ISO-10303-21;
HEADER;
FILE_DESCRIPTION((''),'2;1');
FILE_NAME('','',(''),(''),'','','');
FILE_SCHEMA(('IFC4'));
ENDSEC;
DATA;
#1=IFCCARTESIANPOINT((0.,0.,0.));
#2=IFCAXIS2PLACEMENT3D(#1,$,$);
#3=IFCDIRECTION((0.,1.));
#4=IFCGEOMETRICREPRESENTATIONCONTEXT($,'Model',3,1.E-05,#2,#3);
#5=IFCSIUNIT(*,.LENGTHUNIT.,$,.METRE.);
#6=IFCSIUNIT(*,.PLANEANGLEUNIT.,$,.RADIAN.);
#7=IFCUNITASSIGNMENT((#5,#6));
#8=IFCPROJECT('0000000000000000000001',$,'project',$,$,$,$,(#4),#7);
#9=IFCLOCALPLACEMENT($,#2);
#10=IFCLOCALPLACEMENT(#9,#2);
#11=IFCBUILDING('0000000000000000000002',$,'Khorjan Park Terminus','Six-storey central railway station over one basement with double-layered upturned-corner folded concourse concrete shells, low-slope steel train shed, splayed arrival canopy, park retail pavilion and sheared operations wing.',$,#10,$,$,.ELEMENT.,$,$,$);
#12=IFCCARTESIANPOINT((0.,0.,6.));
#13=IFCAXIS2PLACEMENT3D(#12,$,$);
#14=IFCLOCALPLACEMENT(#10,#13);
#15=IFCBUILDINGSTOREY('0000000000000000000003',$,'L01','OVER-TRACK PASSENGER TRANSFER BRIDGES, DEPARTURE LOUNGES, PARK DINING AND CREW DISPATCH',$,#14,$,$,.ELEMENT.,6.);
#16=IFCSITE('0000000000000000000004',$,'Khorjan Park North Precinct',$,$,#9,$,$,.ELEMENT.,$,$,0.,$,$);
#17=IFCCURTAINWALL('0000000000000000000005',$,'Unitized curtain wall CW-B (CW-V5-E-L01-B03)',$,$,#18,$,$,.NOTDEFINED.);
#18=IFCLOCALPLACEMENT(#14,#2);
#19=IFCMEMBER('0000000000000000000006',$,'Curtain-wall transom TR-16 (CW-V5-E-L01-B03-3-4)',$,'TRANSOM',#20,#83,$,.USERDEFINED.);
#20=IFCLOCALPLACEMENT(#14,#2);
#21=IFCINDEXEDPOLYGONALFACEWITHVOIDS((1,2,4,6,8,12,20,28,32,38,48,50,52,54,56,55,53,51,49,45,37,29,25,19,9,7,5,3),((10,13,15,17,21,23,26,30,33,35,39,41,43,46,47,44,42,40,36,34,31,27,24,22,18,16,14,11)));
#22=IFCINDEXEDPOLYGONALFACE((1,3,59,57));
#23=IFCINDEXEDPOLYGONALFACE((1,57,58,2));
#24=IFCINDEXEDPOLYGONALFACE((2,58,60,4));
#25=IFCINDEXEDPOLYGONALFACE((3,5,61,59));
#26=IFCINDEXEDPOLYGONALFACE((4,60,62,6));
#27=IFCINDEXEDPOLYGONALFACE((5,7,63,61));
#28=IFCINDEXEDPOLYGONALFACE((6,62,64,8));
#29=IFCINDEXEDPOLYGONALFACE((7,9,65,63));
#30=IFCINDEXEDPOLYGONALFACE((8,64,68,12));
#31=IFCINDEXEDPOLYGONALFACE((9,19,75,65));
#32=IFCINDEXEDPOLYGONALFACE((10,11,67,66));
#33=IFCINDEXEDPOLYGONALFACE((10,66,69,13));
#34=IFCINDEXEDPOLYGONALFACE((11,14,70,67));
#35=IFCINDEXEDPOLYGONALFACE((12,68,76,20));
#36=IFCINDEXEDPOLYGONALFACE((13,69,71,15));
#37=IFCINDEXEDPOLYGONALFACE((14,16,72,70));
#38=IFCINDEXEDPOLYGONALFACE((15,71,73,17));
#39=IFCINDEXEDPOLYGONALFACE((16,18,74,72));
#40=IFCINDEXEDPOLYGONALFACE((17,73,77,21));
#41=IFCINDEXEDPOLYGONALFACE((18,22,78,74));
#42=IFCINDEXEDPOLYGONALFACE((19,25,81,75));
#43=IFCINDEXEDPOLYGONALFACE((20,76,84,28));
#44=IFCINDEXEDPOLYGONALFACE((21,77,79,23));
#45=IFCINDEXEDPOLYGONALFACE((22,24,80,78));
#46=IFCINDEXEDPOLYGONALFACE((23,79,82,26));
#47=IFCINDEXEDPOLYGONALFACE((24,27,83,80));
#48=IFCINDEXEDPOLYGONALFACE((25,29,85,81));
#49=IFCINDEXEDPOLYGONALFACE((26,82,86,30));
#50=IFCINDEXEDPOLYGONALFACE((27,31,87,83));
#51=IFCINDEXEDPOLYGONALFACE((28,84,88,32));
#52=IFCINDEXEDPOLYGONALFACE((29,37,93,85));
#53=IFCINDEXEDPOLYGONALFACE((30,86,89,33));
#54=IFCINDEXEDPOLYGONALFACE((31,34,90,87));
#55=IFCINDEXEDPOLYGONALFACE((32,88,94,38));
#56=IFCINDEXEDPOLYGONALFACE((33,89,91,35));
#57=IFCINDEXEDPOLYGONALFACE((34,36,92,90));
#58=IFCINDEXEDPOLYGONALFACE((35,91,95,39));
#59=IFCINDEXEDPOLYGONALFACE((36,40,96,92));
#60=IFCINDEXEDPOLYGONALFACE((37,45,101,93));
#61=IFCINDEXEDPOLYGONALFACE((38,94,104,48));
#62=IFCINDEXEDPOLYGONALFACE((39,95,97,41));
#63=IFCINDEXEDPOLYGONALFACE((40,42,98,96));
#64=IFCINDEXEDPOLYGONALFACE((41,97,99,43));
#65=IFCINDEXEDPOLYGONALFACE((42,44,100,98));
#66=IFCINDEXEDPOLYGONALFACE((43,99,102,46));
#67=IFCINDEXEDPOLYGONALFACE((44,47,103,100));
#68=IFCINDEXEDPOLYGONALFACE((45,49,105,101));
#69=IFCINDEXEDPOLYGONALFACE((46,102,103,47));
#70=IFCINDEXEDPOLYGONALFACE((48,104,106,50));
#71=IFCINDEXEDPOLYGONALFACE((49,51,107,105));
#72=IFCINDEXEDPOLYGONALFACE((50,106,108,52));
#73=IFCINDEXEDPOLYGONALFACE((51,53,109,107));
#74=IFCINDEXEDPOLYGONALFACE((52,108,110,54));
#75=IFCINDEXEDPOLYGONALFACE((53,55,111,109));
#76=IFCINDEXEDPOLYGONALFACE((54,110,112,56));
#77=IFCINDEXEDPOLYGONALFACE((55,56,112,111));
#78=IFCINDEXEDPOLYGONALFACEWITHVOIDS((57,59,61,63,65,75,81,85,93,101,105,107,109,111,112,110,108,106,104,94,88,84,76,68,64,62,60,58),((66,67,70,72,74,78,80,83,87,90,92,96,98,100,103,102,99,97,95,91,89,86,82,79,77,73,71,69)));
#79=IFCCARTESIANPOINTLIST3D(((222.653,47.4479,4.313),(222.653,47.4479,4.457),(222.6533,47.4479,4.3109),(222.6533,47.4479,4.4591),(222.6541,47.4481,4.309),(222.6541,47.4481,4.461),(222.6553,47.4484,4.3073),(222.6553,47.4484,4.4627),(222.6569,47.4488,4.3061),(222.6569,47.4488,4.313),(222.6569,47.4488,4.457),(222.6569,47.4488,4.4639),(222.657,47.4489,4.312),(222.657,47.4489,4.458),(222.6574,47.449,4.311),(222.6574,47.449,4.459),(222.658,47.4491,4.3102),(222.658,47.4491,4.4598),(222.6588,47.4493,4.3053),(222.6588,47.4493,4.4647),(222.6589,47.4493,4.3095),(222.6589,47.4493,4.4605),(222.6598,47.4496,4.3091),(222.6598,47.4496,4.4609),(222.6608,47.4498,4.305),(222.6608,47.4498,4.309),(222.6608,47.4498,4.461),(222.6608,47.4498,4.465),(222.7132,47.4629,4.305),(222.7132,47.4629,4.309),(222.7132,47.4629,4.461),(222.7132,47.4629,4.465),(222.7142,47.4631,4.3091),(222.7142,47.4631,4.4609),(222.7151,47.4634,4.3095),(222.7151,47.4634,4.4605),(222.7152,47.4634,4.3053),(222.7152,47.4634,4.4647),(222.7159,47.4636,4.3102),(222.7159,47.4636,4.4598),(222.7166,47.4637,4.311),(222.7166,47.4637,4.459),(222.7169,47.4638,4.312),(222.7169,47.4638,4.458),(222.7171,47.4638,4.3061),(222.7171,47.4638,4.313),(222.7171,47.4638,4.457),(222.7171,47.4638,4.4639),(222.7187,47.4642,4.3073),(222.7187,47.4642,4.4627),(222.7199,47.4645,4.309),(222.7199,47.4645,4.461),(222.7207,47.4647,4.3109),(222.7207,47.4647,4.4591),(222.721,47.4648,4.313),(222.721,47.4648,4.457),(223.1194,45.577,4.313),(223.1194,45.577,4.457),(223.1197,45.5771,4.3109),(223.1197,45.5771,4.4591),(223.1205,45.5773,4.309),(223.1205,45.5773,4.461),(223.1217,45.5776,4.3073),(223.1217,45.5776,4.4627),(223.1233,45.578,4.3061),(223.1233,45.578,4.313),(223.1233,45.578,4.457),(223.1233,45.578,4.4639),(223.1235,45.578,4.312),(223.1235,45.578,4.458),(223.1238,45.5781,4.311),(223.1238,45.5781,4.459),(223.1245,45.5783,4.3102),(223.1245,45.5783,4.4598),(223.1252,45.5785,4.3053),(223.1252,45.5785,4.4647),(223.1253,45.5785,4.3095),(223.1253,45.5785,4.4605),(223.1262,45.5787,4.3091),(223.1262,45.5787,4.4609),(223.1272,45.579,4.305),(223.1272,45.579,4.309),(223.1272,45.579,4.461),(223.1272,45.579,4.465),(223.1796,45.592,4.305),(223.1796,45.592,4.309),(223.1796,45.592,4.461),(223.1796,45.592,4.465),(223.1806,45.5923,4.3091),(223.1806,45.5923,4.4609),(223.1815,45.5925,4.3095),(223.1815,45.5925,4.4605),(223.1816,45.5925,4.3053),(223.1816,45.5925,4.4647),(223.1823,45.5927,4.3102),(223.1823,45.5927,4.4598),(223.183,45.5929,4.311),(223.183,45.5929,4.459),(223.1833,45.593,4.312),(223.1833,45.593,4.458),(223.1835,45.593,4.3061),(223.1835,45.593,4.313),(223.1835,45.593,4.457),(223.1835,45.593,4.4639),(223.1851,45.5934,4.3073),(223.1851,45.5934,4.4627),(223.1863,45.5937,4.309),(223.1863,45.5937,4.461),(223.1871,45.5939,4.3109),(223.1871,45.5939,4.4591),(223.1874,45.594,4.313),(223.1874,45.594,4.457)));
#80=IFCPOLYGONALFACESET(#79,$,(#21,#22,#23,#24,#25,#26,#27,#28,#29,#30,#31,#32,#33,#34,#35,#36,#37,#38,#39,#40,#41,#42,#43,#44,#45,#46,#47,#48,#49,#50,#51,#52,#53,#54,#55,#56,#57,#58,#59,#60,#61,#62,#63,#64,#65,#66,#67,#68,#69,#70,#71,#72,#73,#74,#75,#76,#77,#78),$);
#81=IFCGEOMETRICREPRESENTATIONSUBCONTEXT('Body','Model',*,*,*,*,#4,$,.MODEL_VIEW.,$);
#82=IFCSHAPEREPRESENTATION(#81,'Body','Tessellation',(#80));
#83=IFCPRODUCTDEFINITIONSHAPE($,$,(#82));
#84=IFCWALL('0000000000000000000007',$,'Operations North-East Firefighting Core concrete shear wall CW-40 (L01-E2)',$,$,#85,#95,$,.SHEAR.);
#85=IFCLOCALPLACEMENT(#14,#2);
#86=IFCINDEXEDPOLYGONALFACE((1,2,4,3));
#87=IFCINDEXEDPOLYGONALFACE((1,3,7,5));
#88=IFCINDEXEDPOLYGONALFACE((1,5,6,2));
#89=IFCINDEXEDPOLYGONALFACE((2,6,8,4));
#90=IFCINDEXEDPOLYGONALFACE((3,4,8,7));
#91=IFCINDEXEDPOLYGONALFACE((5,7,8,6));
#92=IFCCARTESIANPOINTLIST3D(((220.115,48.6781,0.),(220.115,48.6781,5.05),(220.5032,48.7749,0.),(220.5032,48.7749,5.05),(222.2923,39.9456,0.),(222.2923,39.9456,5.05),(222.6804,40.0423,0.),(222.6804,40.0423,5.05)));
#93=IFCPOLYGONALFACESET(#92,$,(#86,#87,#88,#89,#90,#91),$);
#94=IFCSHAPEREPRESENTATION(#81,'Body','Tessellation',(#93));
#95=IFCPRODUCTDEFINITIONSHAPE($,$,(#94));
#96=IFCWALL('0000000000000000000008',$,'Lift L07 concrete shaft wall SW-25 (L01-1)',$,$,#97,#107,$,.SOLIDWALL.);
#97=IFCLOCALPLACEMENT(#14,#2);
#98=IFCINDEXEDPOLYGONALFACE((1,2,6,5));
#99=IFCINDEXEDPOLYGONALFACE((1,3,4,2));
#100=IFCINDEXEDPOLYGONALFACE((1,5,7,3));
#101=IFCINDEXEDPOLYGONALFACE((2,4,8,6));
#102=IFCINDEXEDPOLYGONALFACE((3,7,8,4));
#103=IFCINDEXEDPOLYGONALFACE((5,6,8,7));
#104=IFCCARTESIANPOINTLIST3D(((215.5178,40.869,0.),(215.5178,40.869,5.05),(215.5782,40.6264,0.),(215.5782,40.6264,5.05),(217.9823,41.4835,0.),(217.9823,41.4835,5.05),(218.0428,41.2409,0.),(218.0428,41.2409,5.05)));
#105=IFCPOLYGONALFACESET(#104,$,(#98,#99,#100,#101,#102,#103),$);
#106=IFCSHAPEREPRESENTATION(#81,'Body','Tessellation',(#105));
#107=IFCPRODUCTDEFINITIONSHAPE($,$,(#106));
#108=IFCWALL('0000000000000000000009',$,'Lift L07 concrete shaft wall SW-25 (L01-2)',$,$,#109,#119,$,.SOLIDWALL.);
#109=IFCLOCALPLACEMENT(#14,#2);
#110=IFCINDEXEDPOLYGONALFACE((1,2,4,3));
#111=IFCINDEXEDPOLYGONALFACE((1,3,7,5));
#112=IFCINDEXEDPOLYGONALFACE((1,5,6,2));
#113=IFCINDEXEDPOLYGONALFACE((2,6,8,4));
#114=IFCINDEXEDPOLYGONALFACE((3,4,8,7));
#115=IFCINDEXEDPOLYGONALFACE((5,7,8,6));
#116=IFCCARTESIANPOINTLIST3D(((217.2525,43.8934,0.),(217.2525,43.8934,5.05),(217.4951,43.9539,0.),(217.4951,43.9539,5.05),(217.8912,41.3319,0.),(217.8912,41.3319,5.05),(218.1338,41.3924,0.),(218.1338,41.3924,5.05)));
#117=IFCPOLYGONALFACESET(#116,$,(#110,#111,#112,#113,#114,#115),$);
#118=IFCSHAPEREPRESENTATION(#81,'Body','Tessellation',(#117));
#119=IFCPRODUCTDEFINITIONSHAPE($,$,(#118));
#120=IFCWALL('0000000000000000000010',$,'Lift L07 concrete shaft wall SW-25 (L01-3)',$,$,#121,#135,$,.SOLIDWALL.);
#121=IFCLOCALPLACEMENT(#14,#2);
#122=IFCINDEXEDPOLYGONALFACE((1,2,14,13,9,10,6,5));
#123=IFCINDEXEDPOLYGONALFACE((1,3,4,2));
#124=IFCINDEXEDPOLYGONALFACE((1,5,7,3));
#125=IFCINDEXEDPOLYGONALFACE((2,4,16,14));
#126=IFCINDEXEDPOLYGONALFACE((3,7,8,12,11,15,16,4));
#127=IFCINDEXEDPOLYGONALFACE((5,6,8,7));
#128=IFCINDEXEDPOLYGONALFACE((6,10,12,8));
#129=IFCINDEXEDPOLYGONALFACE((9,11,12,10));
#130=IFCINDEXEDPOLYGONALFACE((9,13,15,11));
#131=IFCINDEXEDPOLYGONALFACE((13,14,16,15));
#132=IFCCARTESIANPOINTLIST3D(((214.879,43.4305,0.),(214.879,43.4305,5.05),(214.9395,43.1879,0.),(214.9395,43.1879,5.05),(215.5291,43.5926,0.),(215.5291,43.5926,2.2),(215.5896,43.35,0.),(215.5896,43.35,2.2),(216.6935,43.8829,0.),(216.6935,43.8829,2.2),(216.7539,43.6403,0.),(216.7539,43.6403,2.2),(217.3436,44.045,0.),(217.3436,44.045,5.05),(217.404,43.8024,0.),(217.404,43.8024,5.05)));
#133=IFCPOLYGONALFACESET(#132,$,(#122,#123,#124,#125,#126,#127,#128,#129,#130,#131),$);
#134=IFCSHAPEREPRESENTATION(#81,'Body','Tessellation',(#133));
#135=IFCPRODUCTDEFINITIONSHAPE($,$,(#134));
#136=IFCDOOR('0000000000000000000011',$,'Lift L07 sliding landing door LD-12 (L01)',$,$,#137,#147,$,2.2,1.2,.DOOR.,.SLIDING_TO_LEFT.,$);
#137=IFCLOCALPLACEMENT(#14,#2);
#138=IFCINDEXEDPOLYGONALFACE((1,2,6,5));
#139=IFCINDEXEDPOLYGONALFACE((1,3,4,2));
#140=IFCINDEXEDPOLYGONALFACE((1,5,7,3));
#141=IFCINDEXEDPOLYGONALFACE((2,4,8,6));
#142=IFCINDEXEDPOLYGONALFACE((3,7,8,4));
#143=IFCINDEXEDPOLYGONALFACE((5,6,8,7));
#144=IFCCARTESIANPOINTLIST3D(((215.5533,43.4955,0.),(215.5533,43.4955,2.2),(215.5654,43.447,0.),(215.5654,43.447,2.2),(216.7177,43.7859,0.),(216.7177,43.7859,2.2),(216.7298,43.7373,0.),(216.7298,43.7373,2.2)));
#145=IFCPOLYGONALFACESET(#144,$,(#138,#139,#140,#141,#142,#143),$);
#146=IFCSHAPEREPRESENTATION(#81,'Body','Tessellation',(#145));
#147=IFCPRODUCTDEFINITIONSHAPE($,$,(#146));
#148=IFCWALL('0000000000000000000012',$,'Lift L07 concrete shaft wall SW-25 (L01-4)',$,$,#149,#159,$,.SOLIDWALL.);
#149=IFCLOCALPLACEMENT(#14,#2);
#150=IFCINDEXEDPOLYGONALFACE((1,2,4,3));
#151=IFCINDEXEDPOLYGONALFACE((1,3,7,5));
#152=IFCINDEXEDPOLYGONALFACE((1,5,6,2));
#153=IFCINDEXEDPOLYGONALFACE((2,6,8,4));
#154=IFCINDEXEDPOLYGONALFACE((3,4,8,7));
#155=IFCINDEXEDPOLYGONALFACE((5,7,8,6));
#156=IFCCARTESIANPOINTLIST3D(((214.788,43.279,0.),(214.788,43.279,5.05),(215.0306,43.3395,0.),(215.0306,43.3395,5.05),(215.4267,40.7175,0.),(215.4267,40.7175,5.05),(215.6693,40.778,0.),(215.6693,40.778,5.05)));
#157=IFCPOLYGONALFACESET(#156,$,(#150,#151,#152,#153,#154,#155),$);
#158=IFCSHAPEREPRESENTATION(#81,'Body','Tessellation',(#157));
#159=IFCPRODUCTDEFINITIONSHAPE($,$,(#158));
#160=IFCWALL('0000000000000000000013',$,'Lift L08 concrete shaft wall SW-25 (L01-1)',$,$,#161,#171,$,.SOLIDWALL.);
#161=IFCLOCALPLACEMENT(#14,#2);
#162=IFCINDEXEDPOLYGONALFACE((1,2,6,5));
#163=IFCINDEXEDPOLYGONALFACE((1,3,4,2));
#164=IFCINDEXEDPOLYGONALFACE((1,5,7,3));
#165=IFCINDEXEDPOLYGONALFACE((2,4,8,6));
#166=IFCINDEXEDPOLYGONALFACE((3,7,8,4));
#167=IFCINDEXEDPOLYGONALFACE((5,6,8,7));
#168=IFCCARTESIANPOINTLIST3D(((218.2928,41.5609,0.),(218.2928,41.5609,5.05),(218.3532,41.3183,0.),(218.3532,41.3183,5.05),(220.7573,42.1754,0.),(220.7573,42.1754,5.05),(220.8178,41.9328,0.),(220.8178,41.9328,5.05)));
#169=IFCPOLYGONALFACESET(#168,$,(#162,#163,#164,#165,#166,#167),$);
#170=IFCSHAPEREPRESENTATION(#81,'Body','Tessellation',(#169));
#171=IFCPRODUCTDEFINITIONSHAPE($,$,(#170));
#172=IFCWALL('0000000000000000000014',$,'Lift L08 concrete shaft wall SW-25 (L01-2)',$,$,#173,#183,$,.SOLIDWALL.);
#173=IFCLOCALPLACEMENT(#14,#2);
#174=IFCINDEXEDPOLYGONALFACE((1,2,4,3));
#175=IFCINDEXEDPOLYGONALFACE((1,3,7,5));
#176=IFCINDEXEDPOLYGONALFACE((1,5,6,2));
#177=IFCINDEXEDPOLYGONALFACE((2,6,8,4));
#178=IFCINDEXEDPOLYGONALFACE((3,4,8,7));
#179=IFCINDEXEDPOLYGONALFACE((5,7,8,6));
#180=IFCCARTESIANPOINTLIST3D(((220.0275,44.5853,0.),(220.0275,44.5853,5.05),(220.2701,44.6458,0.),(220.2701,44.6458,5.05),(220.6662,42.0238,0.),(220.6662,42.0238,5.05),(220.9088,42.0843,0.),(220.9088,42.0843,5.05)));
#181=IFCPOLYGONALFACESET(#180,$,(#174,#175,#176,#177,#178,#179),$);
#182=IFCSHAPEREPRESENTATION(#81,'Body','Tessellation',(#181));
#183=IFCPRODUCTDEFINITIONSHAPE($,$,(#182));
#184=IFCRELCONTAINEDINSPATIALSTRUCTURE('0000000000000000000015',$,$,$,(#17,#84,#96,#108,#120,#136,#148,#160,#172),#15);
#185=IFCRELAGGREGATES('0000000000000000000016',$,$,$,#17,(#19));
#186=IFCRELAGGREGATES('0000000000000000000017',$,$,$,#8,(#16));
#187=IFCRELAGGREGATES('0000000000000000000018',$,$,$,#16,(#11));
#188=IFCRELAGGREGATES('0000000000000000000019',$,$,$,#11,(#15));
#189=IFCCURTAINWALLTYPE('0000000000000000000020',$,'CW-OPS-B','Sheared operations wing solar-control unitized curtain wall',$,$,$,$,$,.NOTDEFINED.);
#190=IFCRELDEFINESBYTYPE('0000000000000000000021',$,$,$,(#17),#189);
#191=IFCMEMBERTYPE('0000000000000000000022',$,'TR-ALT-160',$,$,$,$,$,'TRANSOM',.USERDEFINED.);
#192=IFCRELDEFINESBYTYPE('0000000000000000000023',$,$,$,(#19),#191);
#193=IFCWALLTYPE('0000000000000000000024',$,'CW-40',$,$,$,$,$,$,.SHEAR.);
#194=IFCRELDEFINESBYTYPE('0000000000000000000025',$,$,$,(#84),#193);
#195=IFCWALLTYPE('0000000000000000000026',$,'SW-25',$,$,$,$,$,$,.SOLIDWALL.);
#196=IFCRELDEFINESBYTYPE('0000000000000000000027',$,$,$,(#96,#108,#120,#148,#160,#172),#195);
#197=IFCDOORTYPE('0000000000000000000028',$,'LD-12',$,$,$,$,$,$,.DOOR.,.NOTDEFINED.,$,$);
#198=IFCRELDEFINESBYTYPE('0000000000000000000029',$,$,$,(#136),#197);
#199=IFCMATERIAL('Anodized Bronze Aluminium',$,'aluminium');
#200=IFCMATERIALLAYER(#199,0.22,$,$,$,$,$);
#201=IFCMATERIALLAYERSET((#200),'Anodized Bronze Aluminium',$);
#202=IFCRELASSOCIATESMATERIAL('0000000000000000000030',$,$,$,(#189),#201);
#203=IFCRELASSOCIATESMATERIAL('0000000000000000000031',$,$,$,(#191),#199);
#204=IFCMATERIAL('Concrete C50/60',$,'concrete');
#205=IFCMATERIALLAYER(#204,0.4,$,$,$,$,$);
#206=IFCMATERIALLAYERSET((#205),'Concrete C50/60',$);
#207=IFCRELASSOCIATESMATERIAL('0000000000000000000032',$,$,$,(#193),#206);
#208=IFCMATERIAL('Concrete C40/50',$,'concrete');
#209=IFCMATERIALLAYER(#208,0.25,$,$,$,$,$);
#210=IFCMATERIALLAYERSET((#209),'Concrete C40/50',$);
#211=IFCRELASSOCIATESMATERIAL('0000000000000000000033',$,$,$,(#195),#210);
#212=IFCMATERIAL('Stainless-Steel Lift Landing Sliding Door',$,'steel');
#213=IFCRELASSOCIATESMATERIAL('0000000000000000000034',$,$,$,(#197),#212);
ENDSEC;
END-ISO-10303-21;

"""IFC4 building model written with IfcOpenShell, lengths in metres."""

from ifc_helpers import new_model, si_unit, direction, frame, frame_2d, origin, origin_2d, place, context, subcontext, project, spatial, rectangle, hollow_rectangle, extrude, material, layer, layer_set, material_profile, profile_set, type_object, element, fill, aggregate, save


model = new_model("IFC4")

# Units and contexts
model_context = context("Model", 3, precision=1e-05, world=origin(), true_north=direction((0.0, 1.0)))
body_context = subcontext(model_context, "Body", "Model", "MODEL_VIEW")
ifc_project = project(units=[si_unit("LENGTHUNIT", "METRE"), si_unit("PLANEANGLEUNIT", "RADIAN")], contexts=[model_context])

# Site, building, storey
site_placement = place(None, origin())
site = spatial("IfcSite", under=ifc_project, at=site_placement, Name="Khorjan Park North Precinct", CompositionType="ELEMENT", RefElevation=0.0)
building_placement = place(site_placement, origin())
building = spatial("IfcBuilding", under=site, at=building_placement, Name="Khorjan Park Terminus", Description="Six-storey central railway station over one basement with double-layered upturned-corner folded concourse concrete shells, low-slope steel train shed, splayed arrival canopy, park retail pavilion and sheared operations wing.", CompositionType="ELEMENT")
storey_placement = place(building_placement, frame((0.0, 0.0, 6.0)))
storey = spatial("IfcBuildingStorey", under=building, at=storey_placement, Name="L01", Description="OVER-TRACK PASSENGER TRANSFER BRIDGES, DEPARTURE LOUNGES, PARK DINING AND CREW DISPATCH", CompositionType="ELEMENT", Elevation=6.0)

# Shared definitions
ifc_material_1 = material(Name="Concrete C50/60", Category="concrete")

# Shared definitions
ifc_material_2 = material(Name="Concrete C40/50", Category="concrete")

# Curtain wall, member
ifc_material_3 = material(Name="Anodized Bronze Aluminium", Category="aluminium")
ifc_layer_1 = layer(ifc_material_3, 0.22)
ifc_layer_set_1 = layer_set([ifc_layer_1], Name="Anodized Bronze Aluminium")
curtain_wall_type = type_object("IfcCurtainWallType", Name="CW-OPS-B", Description="Sheared operations wing solar-control unitized curtain wall", PredefinedType="NOTDEFINED", material=ifc_layer_set_1)
curtain_wall_placement = place(storey_placement, origin())
curtain_wall = element("IfcCurtainWall", 1, at=curtain_wall_placement, inside=storey, type_object=curtain_wall_type, Name="Unitized curtain wall CW-B (CW-V5-E-L01-B03)", PredefinedType="NOTDEFINED")
ifc_material_profile_1 = material_profile(ifc_material_3, hollow_rectangle(XDim=0.07, YDim=0.16, WallThickness=0.004, InnerFilletRadius=0.004, OuterFilletRadius=0.008, at=origin_2d()), Name="ALT 70x160x4")
ifc_profile_set_1 = profile_set([ifc_material_profile_1], Name="Anodized Bronze Aluminium")
member_type_1 = type_object("IfcMemberType", Name="TR-ALT-160", ElementType="TRANSOM", PredefinedType="USERDEFINED", material=ifc_profile_set_1)
member_1_placement = place(storey_placement, frame((223.1534, 45.5855, 4.385), z_axis=(-0.241901, 0.970301, 0.0), x_axis=(-0.970301, -0.241901, 0.0)))
member_1 = element("IfcMember", 2, at=member_1_placement, type_object=member_type_1, Name="Curtain-wall transom TR-16 (CW-V5-E-L01-B03-3-4)", ObjectType="TRANSOM", PredefinedType="USERDEFINED", context=body_context, shape_type="SweptSolid", body=[
    extrude(hollow_rectangle(XDim=0.07, YDim=0.16, WallThickness=0.004, InnerFilletRadius=0.004, OuterFilletRadius=0.008, at=origin_2d()), origin(), (0.0, 0.0, 1.0), 1.9281),
])
aggregate(curtain_wall, [member_1])

# Walls
ifc_layer_2 = layer(ifc_material_1, 0.4)
ifc_layer_set_2 = layer_set([ifc_layer_2], Name="Concrete C50/60")
wall_type_1 = type_object("IfcWallType", Name="CW-40", PredefinedType="SHEAR", material=ifc_layer_set_2)
wall_1_placement = place(storey_placement, frame((222.4864, 39.9939, 0.0), z_axis=(0.0, 0.0, 1.0), x_axis=(-0.241924, 0.970295, 0.0)))
element("IfcWall", 3, at=wall_1_placement, inside=storey, type_object=wall_type_1, Name="Operations North-East Firefighting Core concrete shear wall CW-40 (L01-E2)", PredefinedType="SHEAR", context=body_context, shape_type="SweptSolid", body=[
    extrude(rectangle(XDim=8.9999, YDim=0.4, at=frame_2d((4.5, 0.0))), origin(), (0.0, 0.0, 1.0), 5.05),
])
ifc_layer_3 = layer(ifc_material_2, 0.25)
ifc_layer_set_3 = layer_set([ifc_layer_3], Name="Concrete C40/50")
wall_type_2 = type_object("IfcWallType", Name="SW-25", PredefinedType="SOLIDWALL", material=ifc_layer_set_3)
wall_2_placement = place(storey_placement, frame((215.548, 40.7477, 0.0), z_axis=(0.0, 0.0, 1.0), x_axis=(0.970293, 0.241933, 0.0)))
element("IfcWall", 4, at=wall_2_placement, inside=storey, type_object=wall_type_2, Name="Lift L07 concrete shaft wall SW-25 (L01-1)", PredefinedType="SOLIDWALL", context=body_context, shape_type="SweptSolid", body=[
    extrude(rectangle(XDim=2.54, YDim=0.25, at=frame_2d((1.27, 0.0))), origin(), (0.0, 0.0, 1.0), 5.05),
])
wall_3_placement = place(storey_placement, frame((218.0125, 41.3622, 0.0), z_axis=(0.0, 0.0, 1.0), x_axis=(-0.241938, 0.970292, 0.0)))
element("IfcWall", 5, at=wall_3_placement, inside=storey, type_object=wall_type_2, Name="Lift L07 concrete shaft wall SW-25 (L01-2)", PredefinedType="SOLIDWALL", context=body_context, shape_type="SweptSolid", body=[
    extrude(rectangle(XDim=2.6399, YDim=0.25, at=frame_2d((1.3199, 0.0))), origin(), (0.0, 0.0, 1.0), 5.05),
])

# Wall, opening, door
wall_4_placement = place(storey_placement, frame((217.3738, 43.9237, 0.0), z_axis=(0.0, 0.0, 1.0), x_axis=(-0.970293, -0.241933, 0.0)))
wall_4 = element("IfcWall", 6, at=wall_4_placement, inside=storey, type_object=wall_type_2, Name="Lift L07 concrete shaft wall SW-25 (L01-3)", PredefinedType="SOLIDWALL", context=body_context, shape_type="SweptSolid", body=[
    extrude(rectangle(XDim=2.54, YDim=0.25, at=frame_2d((1.27, 0.0))), origin(), (0.0, 0.0, 1.0), 5.05),
])
opening_1_placement = place(wall_4_placement, frame((0.67, 0.0, 0.0)))
opening_1 = element("IfcOpeningElement", 7, at=opening_1_placement, cuts=wall_4, PredefinedType="OPENING", context=body_context, shape_type="SweptSolid", body=[
    extrude(rectangle(XDim=1.2, YDim=2.2, at=frame_2d((0.6, 1.1))), frame((0.0, 0.135, 0.0), z_axis=(0.0, -1.0, 0.0), x_axis=(1.0, 0.0, 0.0)), (0.0, 0.0, 1.0), 0.27),
])
ifc_material_4 = material(Name="Stainless-Steel Lift Landing Sliding Door", Category="steel")
door_type = type_object("IfcDoorType", Name="LD-12", OperationType="NOTDEFINED", PredefinedType="DOOR", material=ifc_material_4)
door_1_placement = place(opening_1_placement, origin())
door_1 = element("IfcDoor", 8, at=door_1_placement, inside=storey, type_object=door_type, Name="Lift L07 sliding landing door LD-12 (L01)", OperationType="SLIDING_TO_LEFT", OverallHeight=2.2, OverallWidth=1.2, PredefinedType="DOOR", context=body_context, shape_type="SweptSolid", body=[
    extrude(rectangle(XDim=1.2, YDim=2.2, at=frame_2d((0.6, 1.1))), frame((0.0, 0.025, 0.0), z_axis=(0.0, -1.0, 0.0), x_axis=(1.0, 0.0, 0.0)), (0.0, 0.0, 1.0), 0.05),
])
fill(opening_1, door_1)

# Walls
wall_5_placement = place(storey_placement, frame((214.9093, 43.3092, 0.0), z_axis=(0.0, 0.0, 1.0), x_axis=(0.241938, -0.970292, 0.0)))
element("IfcWall", 9, at=wall_5_placement, inside=storey, type_object=wall_type_2, Name="Lift L07 concrete shaft wall SW-25 (L01-4)", PredefinedType="SOLIDWALL", context=body_context, shape_type="SweptSolid", body=[
    extrude(rectangle(XDim=2.6399, YDim=0.25, at=frame_2d((1.3199, 0.0))), origin(), (0.0, 0.0, 1.0), 5.05),
])
wall_6_placement = place(storey_placement, frame((218.323, 41.4396, 0.0), z_axis=(0.0, 0.0, 1.0), x_axis=(0.970293, 0.241933, 0.0)))
element("IfcWall", 10, at=wall_6_placement, inside=storey, type_object=wall_type_2, Name="Lift L08 concrete shaft wall SW-25 (L01-1)", PredefinedType="SOLIDWALL", context=body_context, shape_type="SweptSolid", body=[
    extrude(rectangle(XDim=2.54, YDim=0.25, at=frame_2d((1.27, 0.0))), origin(), (0.0, 0.0, 1.0), 5.05),
])
wall_7_placement = place(storey_placement, frame((220.7875, 42.0541, 0.0), z_axis=(0.0, 0.0, 1.0), x_axis=(-0.241938, 0.970292, 0.0)))
element("IfcWall", 11, at=wall_7_placement, inside=storey, type_object=wall_type_2, Name="Lift L08 concrete shaft wall SW-25 (L01-2)", PredefinedType="SOLIDWALL", context=body_context, shape_type="SweptSolid", body=[
    extrude(rectangle(XDim=2.6399, YDim=0.25, at=frame_2d((1.3199, 0.0))), origin(), (0.0, 0.0, 1.0), 5.05),
])

save(model, "model.ifc")
